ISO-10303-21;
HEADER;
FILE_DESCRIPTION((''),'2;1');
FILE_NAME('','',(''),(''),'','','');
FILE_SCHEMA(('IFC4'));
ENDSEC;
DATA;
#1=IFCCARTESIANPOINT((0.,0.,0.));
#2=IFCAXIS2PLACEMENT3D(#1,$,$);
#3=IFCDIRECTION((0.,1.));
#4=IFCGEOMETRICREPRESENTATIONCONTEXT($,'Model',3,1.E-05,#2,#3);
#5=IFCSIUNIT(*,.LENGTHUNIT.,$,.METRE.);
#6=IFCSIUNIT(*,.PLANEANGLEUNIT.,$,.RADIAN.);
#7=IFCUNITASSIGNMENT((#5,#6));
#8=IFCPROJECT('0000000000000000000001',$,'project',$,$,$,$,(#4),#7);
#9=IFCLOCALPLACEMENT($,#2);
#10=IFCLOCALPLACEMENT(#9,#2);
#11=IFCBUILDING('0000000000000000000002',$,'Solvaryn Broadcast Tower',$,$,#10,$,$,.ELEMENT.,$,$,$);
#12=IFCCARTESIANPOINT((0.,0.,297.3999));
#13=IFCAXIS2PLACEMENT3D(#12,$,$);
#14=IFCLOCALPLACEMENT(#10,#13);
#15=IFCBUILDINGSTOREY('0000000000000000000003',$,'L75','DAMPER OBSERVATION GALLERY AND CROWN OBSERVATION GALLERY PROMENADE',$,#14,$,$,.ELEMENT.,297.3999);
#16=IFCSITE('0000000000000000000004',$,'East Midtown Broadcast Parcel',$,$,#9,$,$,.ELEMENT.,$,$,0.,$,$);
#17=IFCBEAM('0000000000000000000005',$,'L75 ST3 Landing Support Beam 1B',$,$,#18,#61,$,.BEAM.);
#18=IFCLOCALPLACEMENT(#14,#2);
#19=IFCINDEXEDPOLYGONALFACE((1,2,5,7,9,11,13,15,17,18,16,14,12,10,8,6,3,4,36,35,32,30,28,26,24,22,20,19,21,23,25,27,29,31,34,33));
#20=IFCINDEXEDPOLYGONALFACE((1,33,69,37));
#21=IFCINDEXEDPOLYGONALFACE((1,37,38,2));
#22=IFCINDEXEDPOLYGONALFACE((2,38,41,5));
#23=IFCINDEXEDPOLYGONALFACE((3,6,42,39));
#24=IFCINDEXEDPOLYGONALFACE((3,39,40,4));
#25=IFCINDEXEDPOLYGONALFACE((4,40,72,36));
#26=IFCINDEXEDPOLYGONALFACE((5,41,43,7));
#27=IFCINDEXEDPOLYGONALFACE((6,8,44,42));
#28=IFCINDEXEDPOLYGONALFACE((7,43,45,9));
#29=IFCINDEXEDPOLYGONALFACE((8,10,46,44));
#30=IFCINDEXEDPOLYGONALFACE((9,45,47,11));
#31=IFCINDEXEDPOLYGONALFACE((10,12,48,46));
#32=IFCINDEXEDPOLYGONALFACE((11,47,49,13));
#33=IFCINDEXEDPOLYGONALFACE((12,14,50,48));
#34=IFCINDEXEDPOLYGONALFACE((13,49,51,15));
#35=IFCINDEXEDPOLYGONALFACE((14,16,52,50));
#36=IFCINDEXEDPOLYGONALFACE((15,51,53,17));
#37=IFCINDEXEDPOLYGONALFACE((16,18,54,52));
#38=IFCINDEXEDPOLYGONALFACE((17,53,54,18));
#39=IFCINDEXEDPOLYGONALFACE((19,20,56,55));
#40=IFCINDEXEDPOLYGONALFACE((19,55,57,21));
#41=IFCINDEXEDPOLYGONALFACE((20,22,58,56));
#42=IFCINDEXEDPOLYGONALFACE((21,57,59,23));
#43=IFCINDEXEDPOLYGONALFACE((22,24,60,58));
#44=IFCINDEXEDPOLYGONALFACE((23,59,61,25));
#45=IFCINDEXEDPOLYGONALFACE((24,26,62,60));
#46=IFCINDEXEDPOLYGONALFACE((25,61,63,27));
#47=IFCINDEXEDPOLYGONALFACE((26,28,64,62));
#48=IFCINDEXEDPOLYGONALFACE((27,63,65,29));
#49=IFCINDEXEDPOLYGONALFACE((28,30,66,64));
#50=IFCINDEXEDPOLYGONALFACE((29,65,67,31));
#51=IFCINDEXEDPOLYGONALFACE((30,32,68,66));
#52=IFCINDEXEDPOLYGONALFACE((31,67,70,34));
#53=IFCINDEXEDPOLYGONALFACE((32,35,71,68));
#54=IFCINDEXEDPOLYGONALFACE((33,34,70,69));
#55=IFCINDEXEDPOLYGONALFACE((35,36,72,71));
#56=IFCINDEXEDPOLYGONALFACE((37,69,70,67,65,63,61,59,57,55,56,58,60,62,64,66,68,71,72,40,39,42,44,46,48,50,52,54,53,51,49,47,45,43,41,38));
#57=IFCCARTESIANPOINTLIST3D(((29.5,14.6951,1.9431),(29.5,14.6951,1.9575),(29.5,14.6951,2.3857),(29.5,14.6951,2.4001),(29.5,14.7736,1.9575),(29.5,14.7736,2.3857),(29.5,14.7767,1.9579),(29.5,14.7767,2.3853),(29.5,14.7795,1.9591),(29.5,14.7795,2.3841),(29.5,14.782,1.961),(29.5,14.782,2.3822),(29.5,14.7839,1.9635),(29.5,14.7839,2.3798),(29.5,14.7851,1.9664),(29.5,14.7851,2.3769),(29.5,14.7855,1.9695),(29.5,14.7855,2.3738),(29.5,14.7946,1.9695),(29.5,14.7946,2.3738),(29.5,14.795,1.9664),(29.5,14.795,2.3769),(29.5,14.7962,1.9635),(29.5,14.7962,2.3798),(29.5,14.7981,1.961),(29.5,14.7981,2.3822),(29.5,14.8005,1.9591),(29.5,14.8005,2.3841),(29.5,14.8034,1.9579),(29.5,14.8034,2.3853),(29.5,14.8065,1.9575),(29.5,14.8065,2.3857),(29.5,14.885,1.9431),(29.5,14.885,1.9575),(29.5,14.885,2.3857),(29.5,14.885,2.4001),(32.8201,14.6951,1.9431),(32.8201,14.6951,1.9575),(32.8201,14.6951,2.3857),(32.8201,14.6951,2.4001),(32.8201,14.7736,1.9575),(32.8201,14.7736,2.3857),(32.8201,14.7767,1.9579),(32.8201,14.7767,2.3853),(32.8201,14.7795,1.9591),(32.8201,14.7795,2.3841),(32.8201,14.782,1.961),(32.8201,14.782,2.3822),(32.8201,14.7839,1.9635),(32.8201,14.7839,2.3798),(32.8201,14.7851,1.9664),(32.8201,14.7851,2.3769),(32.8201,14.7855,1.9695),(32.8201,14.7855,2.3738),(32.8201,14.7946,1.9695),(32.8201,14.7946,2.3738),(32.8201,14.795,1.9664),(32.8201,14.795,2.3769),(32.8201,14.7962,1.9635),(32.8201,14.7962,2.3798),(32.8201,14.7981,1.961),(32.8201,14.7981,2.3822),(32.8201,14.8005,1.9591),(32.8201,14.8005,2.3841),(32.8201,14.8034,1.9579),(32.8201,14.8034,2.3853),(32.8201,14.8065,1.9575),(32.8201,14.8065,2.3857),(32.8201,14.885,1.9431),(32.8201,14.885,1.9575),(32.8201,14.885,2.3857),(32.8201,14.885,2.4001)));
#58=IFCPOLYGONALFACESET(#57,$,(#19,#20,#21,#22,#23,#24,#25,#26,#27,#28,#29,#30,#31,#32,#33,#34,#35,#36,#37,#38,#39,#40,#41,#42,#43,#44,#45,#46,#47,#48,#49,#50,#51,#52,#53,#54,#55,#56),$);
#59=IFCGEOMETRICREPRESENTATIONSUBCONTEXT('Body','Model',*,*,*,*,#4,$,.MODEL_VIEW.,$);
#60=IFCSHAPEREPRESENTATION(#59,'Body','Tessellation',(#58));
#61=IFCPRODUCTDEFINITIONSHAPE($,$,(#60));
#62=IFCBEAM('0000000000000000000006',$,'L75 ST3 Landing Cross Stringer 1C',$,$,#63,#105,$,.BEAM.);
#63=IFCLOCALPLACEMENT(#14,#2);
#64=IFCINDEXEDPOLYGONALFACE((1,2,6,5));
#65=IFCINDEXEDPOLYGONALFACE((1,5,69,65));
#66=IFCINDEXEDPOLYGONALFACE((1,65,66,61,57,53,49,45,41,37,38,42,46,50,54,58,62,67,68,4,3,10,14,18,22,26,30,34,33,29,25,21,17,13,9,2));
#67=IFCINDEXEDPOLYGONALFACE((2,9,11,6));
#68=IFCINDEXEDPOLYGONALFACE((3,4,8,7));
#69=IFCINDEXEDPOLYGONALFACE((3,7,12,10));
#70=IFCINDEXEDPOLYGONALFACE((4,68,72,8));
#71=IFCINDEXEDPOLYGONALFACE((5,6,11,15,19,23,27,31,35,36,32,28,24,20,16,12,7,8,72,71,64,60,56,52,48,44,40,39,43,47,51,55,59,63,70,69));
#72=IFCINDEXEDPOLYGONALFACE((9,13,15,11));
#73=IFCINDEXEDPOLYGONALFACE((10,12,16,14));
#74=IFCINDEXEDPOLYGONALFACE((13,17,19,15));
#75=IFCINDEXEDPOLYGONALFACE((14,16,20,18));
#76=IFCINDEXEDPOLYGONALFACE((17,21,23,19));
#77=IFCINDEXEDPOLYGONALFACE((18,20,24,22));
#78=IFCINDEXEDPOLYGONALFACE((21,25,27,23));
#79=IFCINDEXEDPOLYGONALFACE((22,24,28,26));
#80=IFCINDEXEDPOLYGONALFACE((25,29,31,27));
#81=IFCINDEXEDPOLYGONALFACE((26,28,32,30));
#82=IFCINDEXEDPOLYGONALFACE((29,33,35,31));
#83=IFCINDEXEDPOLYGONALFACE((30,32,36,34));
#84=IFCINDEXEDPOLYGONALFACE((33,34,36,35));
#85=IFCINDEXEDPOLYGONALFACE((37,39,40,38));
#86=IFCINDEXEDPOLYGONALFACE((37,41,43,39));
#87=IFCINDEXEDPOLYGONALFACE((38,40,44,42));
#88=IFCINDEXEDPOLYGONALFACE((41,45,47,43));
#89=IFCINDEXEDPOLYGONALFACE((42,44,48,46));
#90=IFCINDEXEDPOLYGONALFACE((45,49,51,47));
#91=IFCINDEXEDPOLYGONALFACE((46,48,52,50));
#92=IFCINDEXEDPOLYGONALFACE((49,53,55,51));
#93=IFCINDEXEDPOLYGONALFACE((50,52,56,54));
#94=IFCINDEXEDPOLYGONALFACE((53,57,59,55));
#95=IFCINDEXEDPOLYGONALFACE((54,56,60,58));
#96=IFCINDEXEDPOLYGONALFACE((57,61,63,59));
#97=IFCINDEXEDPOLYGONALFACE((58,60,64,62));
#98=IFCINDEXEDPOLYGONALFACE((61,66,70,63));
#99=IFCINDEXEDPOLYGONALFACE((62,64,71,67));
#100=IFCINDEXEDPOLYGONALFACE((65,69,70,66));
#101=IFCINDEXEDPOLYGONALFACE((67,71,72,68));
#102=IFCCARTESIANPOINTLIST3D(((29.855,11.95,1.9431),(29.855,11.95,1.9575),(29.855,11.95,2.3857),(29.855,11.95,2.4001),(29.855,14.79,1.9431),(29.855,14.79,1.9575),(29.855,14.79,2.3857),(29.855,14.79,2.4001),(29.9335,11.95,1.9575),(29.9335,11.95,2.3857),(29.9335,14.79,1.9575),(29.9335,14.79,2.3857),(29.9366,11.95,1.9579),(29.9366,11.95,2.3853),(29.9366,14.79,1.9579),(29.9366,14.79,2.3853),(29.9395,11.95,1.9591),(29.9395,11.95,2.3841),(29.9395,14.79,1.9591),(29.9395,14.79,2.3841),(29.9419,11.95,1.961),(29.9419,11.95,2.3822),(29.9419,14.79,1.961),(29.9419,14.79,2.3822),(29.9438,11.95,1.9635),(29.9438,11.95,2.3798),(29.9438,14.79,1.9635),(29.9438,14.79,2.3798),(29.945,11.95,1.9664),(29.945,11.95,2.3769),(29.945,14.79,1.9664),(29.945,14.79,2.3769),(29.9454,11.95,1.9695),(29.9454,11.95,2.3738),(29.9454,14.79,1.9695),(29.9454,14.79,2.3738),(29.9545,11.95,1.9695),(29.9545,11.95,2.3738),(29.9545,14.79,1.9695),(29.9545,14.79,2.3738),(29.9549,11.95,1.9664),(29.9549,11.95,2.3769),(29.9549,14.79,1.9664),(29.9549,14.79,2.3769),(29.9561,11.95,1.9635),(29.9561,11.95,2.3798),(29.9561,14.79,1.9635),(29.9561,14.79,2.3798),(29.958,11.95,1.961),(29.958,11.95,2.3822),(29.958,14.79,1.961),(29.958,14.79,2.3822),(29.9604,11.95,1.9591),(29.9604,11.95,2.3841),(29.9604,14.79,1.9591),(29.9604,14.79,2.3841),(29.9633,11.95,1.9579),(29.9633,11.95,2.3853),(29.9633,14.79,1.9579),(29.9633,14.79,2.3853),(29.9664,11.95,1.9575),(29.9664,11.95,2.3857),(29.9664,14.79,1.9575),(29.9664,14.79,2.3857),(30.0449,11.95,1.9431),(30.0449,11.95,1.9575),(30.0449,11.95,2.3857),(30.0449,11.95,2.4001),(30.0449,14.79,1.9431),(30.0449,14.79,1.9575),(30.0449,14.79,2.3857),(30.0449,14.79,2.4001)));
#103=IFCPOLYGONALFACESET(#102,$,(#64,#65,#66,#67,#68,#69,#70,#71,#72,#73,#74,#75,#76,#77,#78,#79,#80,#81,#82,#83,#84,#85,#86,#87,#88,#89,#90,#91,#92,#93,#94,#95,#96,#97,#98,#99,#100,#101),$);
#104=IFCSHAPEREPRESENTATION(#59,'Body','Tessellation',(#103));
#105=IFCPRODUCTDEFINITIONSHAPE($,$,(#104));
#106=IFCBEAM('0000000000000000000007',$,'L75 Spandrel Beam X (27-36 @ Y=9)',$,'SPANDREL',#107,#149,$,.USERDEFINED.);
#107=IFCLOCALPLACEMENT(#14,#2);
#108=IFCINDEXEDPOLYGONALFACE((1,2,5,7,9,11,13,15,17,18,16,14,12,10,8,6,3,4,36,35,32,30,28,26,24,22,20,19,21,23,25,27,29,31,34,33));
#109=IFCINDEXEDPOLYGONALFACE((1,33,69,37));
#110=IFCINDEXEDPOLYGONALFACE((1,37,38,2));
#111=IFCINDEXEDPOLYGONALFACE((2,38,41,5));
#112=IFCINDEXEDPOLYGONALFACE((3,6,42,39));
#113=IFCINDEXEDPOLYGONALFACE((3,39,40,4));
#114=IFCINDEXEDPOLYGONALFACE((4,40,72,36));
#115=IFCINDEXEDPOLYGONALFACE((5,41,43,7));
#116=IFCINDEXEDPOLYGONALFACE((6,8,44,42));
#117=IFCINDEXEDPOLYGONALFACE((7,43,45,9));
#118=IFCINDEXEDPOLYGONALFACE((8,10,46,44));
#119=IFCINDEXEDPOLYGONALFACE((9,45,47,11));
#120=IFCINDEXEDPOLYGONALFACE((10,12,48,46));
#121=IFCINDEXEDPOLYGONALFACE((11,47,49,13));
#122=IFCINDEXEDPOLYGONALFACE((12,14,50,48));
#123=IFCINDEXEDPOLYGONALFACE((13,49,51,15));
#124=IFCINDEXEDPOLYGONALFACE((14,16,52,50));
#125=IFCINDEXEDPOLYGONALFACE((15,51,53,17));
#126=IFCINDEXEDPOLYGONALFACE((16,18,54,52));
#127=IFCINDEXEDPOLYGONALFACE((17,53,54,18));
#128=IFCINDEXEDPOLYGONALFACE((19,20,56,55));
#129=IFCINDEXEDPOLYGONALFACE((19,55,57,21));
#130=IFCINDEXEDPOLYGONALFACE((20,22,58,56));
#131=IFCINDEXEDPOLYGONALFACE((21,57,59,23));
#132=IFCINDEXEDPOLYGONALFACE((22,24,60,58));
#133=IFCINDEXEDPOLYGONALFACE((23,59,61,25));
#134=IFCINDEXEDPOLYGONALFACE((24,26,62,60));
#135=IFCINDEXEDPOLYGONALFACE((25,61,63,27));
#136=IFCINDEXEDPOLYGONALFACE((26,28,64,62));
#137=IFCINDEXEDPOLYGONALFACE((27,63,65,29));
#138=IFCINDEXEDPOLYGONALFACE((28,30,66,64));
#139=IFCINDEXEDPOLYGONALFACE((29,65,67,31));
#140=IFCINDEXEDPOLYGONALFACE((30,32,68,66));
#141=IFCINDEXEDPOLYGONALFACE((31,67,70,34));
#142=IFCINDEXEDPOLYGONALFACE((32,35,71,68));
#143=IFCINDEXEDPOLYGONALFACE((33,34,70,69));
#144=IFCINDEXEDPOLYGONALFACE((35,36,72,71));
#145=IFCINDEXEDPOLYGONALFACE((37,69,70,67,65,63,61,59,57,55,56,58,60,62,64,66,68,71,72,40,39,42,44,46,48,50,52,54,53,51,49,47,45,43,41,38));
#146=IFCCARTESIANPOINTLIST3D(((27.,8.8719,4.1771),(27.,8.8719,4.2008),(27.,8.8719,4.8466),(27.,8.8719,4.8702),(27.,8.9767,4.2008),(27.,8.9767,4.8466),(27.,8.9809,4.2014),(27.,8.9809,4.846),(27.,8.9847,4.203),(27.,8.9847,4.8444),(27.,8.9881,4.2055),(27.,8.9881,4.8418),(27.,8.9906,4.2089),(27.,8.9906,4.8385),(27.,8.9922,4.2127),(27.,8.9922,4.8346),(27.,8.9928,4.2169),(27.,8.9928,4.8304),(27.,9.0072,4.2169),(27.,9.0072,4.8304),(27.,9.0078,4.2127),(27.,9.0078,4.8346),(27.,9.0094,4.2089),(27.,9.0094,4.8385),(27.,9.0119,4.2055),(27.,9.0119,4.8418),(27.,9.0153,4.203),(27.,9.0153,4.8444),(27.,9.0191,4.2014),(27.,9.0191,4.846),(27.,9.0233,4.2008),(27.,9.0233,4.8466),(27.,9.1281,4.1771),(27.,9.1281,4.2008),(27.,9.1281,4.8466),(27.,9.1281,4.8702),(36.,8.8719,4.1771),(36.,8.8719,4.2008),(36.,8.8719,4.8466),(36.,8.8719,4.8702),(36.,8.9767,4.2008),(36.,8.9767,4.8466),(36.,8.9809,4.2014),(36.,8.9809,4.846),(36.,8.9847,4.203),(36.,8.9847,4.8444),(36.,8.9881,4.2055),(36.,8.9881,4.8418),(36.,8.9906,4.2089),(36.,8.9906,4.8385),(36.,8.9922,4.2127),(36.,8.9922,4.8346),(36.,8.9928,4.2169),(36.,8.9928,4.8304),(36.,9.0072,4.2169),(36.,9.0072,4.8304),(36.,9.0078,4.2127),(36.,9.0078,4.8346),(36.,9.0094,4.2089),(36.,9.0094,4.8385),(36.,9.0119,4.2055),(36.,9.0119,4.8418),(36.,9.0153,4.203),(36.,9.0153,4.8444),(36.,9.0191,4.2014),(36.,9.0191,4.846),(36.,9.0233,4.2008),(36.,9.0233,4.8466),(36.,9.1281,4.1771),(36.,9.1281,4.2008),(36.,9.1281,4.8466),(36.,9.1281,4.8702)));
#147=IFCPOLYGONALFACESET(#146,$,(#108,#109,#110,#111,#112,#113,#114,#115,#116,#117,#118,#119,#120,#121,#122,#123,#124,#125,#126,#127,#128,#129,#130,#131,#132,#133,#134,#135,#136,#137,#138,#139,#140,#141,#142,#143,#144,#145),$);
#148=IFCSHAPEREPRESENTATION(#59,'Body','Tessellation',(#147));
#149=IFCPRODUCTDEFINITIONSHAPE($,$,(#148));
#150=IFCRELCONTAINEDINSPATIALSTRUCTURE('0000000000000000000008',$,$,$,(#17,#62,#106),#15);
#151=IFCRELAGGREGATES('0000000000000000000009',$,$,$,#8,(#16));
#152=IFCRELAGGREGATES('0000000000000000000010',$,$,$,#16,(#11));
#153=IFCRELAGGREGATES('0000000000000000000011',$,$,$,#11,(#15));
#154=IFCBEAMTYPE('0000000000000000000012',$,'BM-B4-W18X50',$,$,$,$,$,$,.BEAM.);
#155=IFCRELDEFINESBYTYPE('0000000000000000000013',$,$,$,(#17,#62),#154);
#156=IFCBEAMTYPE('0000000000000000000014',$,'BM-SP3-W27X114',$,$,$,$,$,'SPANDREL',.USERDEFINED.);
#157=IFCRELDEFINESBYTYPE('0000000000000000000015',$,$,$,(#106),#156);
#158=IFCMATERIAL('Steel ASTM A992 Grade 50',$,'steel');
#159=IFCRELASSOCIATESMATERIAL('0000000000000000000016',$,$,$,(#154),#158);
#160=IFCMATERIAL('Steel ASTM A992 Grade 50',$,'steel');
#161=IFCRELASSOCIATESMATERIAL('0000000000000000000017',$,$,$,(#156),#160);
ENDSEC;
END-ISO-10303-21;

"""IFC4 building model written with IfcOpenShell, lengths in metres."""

from ifc_helpers import new_model, si_unit, direction, frame, origin, origin_2d, place, context, subcontext, project, spatial, i_section, extrude, material, material_profile, profile_set, type_object, element, save


model = new_model("IFC4")

# Units and contexts
model_context = context("Model", 3, precision=1e-05, world=origin(), true_north=direction((0.0, 1.0)))
body_context = subcontext(model_context, "Body", "Model", "MODEL_VIEW")
ifc_project = project(units=[si_unit("LENGTHUNIT", "METRE"), si_unit("PLANEANGLEUNIT", "RADIAN")], contexts=[model_context])

# Site, building, storey
site_placement = place(None, origin())
site = spatial("IfcSite", under=ifc_project, at=site_placement, Name="East Midtown Broadcast Parcel", CompositionType="ELEMENT", RefElevation=0.0)
building_placement = place(site_placement, origin())
building = spatial("IfcBuilding", under=site, at=building_placement, Name="Solvaryn Broadcast Tower", CompositionType="ELEMENT")
storey_placement = place(building_placement, frame((0.0, 0.0, 297.3999)))
storey = spatial("IfcBuildingStorey", under=building, at=storey_placement, Name="L75", Description="DAMPER OBSERVATION GALLERY AND CROWN OBSERVATION GALLERY PROMENADE", CompositionType="ELEMENT", Elevation=297.3999)

# Beams
ifc_material_1 = material(Name="Steel ASTM A992 Grade 50", Category="steel")
ifc_material_profile_1 = material_profile(ifc_material_1, i_section(OverallWidth=0.1899, OverallDepth=0.457, WebThickness=0.009, FlangeThickness=0.0144, FilletRadius=0.012, at=origin_2d()))
ifc_profile_set_1 = profile_set([ifc_material_profile_1], Name="Steel ASTM A992 Grade 50")
beam_type_1 = type_object("IfcBeamType", Name="BM-B4-W18X50", PredefinedType="BEAM", material=ifc_profile_set_1)
for number, where, z_axis, x_axis, name in (
    (1, (29.5, 14.79, 2.1716), (1.0, 0.0, 0.0), (0.0, 1.0, 0.0), "L75 ST3 Landing Support Beam 1B"),
):
    element("IfcBeam", number, at=place(storey_placement, frame(where, z_axis=z_axis, x_axis=x_axis)), inside=storey, type_object=beam_type_1, Name=name, PredefinedType="BEAM", context=body_context, shape_type="SweptSolid", body=[
        extrude(i_section(OverallWidth=0.1899, OverallDepth=0.457, WebThickness=0.009, FlangeThickness=0.0144, FilletRadius=0.012, at=origin_2d()), origin(), (0.0, 0.0, 1.0), 3.3201),
    ])
beam_1_placement = place(storey_placement, frame((29.95, 11.95, 2.1716), z_axis=(0.0, 1.0, 0.0), x_axis=(-1.0, 0.0, 0.0)))
element("IfcBeam", 2, at=beam_1_placement, inside=storey, type_object=beam_type_1, Name="L75 ST3 Landing Cross Stringer 1C", PredefinedType="BEAM", context=body_context, shape_type="SweptSolid", body=[
    extrude(i_section(OverallWidth=0.1899, OverallDepth=0.457, WebThickness=0.009, FlangeThickness=0.0144, FilletRadius=0.012, at=origin_2d()), origin(), (0.0, 0.0, 1.0), 2.8401),
])
ifc_material_2 = material(Name="Steel ASTM A992 Grade 50", Category="steel")
ifc_material_profile_2 = material_profile(ifc_material_2, i_section(OverallWidth=0.2561, OverallDepth=0.6931, WebThickness=0.0144, FlangeThickness=0.0237, FilletRadius=0.0161, at=origin_2d()))
ifc_profile_set_2 = profile_set([ifc_material_profile_2], Name="Steel ASTM A992 Grade 50")
beam_type_2 = type_object("IfcBeamType", Name="BM-SP3-W27X114", ElementType="SPANDREL", PredefinedType="USERDEFINED", material=ifc_profile_set_2)
beam_2_placement = place(storey_placement, frame((27.0, 9.0, 4.5237), z_axis=(1.0, 0.0, 0.0), x_axis=(0.0, 1.0, 0.0)))
element("IfcBeam", 3, at=beam_2_placement, inside=storey, type_object=beam_type_2, Name="L75 Spandrel Beam X (27-36 @ Y=9)", ObjectType="SPANDREL", PredefinedType="USERDEFINED", context=body_context, shape_type="SweptSolid", body=[
    extrude(i_section(OverallWidth=0.2561, OverallDepth=0.6931, WebThickness=0.0144, FlangeThickness=0.0237, FilletRadius=0.0161, at=origin_2d()), origin(), (0.0, 0.0, 1.0), 9.0),
])

save(model, "model.ifc")
